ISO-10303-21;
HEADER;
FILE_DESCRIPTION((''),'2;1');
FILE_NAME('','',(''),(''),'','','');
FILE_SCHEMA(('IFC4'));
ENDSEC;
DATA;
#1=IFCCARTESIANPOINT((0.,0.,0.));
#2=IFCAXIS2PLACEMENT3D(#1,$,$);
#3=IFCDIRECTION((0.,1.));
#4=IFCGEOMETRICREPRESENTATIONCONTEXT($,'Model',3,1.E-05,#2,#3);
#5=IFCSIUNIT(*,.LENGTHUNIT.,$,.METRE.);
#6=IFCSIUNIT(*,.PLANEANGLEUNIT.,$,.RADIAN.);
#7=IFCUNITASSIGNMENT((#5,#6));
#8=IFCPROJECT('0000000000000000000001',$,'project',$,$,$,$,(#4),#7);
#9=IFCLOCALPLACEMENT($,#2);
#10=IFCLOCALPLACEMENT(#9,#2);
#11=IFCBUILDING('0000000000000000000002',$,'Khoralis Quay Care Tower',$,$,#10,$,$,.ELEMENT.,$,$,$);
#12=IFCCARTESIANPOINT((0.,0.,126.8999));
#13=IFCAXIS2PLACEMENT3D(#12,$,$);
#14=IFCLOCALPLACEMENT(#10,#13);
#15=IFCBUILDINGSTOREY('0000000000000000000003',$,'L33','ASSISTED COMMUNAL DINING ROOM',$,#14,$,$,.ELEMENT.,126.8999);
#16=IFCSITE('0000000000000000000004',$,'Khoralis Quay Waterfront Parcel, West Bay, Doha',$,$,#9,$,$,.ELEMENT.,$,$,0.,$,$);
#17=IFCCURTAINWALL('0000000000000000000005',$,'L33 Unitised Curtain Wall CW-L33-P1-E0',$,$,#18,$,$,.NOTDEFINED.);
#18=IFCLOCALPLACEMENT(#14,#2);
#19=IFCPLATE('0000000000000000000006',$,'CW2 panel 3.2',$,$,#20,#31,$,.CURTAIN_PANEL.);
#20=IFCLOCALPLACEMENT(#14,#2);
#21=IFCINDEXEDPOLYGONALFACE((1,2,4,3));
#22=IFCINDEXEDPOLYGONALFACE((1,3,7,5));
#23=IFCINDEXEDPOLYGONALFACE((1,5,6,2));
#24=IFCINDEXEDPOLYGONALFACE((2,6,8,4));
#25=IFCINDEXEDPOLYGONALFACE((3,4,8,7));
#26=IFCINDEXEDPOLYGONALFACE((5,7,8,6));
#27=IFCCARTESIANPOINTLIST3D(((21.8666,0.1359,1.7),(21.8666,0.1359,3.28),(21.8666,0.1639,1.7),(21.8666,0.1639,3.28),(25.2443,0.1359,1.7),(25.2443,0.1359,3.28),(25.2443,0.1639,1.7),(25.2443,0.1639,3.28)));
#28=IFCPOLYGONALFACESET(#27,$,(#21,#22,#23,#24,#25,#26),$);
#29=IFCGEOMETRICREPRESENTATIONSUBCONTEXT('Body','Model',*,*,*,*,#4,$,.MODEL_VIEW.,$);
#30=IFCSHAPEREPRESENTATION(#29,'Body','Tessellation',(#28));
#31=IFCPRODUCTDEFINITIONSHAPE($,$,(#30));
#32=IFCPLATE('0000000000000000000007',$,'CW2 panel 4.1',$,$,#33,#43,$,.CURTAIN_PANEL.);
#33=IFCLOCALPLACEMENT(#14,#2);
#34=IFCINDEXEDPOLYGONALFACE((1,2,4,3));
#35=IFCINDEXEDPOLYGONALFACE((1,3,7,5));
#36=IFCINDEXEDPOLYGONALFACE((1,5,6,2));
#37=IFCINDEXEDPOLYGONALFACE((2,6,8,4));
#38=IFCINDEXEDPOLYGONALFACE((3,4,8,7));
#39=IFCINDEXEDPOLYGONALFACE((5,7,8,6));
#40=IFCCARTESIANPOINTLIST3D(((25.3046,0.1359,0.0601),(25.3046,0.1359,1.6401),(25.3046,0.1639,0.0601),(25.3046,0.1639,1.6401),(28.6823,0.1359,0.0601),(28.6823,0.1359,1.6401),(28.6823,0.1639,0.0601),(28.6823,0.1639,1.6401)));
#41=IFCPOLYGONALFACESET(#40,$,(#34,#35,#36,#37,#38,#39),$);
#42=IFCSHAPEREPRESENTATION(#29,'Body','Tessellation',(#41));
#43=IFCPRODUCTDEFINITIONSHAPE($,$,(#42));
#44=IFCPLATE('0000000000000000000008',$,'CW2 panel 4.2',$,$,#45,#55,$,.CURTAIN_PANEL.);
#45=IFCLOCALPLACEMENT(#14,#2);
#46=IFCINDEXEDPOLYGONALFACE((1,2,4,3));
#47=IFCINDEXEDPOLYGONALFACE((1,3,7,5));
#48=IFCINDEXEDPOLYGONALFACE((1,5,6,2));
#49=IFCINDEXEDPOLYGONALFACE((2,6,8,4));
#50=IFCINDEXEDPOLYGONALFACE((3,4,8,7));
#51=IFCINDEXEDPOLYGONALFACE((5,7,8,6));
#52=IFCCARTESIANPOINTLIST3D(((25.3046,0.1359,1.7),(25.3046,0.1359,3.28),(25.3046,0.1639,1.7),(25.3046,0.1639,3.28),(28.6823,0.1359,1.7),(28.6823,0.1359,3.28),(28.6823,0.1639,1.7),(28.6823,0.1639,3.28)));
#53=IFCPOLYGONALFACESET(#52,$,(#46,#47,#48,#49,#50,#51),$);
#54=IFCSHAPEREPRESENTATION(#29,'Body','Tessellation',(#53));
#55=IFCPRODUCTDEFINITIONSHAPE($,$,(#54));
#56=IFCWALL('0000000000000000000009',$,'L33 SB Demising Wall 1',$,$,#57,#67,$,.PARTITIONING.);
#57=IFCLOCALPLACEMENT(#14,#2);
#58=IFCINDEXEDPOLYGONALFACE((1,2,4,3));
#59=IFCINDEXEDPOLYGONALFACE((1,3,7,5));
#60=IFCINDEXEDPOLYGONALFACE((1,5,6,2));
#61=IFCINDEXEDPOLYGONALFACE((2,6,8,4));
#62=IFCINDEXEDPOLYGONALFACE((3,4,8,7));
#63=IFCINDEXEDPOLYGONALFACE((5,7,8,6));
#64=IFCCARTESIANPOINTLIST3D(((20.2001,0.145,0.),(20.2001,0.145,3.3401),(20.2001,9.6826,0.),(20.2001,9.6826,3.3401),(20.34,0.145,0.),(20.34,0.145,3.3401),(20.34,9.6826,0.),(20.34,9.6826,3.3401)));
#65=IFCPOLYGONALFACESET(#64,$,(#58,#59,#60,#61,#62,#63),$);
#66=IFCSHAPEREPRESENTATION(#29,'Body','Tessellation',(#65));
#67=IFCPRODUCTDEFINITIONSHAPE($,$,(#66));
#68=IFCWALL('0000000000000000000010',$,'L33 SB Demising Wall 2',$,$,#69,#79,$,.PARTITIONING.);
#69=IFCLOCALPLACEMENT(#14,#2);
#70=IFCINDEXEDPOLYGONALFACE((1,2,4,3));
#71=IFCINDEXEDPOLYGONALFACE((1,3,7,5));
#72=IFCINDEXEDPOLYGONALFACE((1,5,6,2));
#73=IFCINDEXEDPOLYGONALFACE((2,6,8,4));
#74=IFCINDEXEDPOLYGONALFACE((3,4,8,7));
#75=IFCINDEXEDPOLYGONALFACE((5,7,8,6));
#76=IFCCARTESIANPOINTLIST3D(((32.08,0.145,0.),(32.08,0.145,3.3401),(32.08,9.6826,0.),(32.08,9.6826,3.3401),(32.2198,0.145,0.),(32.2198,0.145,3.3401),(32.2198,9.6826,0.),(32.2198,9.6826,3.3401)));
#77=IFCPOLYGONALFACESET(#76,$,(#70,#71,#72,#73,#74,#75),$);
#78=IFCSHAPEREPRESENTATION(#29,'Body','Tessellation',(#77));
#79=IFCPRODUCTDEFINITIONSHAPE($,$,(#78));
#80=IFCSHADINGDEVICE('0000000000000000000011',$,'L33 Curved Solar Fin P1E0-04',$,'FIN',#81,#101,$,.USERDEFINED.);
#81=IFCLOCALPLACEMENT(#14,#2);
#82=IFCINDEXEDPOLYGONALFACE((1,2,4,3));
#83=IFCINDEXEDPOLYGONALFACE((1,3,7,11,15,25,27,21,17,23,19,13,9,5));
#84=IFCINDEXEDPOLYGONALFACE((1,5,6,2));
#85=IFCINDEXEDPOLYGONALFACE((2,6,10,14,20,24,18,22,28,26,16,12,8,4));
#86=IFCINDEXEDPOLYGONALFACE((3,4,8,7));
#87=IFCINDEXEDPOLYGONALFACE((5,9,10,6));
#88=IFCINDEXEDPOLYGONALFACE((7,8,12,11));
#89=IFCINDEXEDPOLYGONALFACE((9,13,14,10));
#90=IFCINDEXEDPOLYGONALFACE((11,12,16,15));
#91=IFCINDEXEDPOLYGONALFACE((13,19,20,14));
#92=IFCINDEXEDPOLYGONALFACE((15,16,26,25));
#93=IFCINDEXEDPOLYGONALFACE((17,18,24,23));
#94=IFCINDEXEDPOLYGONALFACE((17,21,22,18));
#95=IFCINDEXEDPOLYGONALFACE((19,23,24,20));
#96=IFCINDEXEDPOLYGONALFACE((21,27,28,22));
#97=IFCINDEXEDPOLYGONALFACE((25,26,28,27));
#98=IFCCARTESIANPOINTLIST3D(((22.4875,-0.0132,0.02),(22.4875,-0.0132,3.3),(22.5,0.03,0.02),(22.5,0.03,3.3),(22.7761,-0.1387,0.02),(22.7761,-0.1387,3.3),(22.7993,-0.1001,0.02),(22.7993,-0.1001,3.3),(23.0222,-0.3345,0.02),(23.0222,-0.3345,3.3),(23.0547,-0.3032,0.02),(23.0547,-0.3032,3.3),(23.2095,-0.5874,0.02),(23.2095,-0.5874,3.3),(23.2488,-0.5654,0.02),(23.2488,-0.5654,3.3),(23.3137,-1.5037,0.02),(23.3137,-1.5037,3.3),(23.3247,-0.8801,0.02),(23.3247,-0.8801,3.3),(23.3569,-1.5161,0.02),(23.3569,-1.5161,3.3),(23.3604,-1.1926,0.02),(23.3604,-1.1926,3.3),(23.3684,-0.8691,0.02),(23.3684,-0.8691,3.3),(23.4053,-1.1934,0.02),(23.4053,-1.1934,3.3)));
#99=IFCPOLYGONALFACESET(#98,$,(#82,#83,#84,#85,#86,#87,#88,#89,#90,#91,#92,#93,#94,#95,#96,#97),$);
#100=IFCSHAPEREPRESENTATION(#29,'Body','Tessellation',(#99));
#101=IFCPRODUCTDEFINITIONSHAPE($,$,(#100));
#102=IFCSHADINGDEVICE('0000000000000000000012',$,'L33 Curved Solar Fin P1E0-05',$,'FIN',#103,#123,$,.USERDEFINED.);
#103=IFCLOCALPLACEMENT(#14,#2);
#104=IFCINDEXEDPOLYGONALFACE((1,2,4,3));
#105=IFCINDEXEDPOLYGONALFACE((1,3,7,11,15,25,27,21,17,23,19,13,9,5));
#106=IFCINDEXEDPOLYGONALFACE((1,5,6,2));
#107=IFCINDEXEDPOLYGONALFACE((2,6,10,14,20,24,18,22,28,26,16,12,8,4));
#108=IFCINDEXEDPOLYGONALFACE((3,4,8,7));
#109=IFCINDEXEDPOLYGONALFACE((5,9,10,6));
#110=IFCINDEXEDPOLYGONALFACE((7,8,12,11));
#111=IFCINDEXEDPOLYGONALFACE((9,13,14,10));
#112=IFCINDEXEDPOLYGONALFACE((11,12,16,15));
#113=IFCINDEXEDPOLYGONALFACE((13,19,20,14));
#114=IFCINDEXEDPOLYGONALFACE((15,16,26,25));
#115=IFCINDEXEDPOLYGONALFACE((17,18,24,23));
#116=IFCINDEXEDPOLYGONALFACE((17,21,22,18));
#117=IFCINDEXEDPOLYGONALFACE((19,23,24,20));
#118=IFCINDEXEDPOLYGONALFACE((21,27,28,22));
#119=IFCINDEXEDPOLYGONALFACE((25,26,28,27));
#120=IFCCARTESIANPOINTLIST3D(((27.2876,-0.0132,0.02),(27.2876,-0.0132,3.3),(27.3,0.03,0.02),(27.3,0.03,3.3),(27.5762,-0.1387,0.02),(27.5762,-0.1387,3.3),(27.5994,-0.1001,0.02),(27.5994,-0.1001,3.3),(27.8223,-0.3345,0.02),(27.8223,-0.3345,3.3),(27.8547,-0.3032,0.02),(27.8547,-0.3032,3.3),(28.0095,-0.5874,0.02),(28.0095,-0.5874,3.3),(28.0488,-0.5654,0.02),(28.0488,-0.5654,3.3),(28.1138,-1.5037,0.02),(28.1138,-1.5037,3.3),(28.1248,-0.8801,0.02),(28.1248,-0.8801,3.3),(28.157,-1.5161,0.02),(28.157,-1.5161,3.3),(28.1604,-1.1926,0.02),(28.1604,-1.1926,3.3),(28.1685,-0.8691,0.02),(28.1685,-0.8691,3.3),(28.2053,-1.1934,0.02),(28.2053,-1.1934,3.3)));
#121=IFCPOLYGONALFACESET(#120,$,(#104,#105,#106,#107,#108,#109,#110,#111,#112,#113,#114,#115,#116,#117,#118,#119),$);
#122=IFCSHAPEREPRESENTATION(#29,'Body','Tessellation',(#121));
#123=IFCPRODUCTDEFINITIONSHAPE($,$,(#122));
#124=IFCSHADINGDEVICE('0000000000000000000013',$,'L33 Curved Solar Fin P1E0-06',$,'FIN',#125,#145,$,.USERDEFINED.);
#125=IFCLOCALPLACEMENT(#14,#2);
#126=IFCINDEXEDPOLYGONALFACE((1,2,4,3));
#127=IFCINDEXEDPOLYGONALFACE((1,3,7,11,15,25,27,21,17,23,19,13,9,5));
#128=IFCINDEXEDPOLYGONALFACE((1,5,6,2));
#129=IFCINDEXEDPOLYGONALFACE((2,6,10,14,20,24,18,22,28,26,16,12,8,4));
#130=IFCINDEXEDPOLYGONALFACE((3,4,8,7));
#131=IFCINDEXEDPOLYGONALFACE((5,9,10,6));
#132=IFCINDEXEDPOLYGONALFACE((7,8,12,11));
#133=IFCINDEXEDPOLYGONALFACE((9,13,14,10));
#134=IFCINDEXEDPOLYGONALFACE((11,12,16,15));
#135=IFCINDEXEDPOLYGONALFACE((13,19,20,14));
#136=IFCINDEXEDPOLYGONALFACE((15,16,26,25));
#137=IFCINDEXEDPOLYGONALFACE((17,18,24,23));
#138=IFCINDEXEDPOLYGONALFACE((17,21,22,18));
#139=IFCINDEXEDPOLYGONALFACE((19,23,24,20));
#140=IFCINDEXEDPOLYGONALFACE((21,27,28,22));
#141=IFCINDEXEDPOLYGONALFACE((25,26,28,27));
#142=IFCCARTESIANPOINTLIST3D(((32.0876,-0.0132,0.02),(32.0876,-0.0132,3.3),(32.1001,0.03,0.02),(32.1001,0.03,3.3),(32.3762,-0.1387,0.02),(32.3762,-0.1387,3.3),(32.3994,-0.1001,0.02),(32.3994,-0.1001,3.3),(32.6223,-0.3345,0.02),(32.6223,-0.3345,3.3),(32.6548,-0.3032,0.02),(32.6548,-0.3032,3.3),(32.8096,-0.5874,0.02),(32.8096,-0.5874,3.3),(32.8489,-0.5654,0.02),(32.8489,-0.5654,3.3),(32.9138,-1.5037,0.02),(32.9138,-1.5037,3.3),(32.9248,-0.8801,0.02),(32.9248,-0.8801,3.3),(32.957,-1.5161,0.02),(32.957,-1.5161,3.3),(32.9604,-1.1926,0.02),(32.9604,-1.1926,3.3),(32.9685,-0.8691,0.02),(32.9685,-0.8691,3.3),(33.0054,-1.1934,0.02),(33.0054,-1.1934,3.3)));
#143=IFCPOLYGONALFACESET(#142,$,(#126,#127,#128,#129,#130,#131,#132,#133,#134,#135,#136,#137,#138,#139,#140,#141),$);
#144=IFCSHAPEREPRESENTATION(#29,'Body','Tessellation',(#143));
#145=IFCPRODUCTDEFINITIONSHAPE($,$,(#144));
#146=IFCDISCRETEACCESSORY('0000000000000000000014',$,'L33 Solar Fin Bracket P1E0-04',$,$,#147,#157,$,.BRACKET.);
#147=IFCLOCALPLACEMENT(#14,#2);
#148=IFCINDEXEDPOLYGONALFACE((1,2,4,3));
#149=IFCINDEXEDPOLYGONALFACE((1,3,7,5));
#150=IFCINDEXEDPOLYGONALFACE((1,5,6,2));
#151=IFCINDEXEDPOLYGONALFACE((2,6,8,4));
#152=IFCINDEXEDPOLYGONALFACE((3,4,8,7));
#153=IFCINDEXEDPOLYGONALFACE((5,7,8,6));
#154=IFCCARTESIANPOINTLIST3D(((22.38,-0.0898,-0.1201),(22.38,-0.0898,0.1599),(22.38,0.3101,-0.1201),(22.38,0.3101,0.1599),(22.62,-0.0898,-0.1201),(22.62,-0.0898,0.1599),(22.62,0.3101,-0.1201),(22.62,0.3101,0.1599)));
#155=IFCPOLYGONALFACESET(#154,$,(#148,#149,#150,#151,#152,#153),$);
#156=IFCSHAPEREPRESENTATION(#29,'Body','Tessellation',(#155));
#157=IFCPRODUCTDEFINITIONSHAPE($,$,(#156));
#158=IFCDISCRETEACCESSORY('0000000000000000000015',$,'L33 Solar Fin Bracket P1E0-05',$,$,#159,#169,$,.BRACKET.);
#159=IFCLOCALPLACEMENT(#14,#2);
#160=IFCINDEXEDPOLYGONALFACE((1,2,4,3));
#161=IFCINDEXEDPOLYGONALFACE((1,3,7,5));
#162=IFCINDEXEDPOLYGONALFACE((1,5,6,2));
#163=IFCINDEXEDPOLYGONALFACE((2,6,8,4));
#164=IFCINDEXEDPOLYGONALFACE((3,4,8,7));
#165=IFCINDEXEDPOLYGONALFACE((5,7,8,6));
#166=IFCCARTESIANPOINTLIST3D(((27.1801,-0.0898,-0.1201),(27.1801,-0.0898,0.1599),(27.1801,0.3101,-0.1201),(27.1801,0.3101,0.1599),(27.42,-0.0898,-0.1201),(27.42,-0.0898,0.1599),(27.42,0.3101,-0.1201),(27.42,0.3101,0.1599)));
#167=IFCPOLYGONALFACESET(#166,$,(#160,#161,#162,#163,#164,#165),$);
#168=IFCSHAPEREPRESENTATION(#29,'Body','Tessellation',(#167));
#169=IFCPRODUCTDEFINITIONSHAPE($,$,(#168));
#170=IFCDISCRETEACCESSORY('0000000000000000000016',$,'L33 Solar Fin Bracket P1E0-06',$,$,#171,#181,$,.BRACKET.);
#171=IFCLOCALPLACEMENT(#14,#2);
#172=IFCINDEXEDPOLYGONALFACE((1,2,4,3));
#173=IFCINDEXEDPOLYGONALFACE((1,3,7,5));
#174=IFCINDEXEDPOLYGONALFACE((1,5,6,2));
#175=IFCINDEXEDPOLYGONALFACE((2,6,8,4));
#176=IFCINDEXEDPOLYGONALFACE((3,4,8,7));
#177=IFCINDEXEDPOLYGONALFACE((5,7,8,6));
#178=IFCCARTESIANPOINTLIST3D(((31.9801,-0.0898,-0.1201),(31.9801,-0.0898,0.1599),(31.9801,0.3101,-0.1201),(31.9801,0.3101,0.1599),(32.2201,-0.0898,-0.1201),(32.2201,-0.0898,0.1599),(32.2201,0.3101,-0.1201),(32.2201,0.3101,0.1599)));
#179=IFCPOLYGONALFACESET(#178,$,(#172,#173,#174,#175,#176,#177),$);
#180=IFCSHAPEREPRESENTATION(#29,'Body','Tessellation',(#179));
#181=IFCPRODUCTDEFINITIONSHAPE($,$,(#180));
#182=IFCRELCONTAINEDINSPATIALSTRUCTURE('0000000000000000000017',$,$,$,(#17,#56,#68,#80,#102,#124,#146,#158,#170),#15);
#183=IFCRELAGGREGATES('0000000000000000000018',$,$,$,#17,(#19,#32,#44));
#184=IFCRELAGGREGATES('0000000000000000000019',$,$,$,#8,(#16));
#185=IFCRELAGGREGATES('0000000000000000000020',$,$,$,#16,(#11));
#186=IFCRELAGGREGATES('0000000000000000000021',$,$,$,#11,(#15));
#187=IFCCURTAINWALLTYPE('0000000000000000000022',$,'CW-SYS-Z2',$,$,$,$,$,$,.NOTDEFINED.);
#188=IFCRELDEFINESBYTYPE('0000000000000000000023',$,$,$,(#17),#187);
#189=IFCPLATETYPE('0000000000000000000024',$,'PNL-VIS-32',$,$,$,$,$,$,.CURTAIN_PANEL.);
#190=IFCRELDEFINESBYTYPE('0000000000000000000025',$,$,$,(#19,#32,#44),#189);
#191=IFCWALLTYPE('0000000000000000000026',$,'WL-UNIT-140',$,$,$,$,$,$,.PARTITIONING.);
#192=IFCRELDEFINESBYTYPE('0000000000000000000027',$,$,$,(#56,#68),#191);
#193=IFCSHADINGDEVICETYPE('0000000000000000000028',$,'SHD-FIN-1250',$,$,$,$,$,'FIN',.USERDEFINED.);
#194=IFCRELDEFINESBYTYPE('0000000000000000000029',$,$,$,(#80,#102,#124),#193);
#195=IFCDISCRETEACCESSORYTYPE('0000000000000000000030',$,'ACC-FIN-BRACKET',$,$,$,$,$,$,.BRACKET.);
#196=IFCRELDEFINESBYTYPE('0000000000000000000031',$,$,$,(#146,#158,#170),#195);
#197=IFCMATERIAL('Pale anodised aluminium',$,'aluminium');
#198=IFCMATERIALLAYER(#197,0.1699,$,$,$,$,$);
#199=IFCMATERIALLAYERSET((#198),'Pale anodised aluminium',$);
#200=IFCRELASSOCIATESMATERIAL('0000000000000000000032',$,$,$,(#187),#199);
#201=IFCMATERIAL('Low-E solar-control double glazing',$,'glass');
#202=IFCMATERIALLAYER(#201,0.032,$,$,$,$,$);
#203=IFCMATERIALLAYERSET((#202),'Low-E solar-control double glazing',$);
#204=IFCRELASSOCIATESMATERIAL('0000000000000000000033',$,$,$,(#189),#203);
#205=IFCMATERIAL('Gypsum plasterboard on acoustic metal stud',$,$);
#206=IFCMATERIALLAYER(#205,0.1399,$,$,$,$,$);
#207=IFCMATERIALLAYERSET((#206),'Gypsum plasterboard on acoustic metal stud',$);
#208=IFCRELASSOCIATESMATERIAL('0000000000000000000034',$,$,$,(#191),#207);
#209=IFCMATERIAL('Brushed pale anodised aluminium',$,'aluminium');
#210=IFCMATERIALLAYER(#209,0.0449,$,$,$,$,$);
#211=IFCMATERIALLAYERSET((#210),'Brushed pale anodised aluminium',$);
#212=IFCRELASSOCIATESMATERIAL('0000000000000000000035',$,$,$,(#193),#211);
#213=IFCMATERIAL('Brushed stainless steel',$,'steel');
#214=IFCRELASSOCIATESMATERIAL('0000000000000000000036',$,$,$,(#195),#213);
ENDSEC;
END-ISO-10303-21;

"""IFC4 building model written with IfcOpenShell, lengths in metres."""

from ifc_helpers import new_model, si_unit, direction, frame, frame_2d, origin, origin_2d, place, context, subcontext, project, spatial, polyline, rectangle, outline, extrude, source, transform, mapped, material, layer, layer_set, type_object, element, aggregate, save


model = new_model("IFC4")

# Units and contexts
model_context = context("Model", 3, precision=1e-05, world=origin(), true_north=direction((0.0, 1.0)))
body_context = subcontext(model_context, "Body", "Model", "MODEL_VIEW")
ifc_project = project(units=[si_unit("LENGTHUNIT", "METRE"), si_unit("PLANEANGLEUNIT", "RADIAN")], contexts=[model_context])

# Site, building, storey
site_placement = place(None, origin())
site = spatial("IfcSite", under=ifc_project, at=site_placement, Name="Khoralis Quay Waterfront Parcel, West Bay, Doha", CompositionType="ELEMENT", RefElevation=0.0)
building_placement = place(site_placement, origin())
building = spatial("IfcBuilding", under=site, at=building_placement, Name="Khoralis Quay Care Tower", CompositionType="ELEMENT")
storey_placement = place(building_placement, frame((0.0, 0.0, 126.8999)))
storey = spatial("IfcBuildingStorey", under=building, at=storey_placement, Name="L33", Description="ASSISTED COMMUNAL DINING ROOM", CompositionType="ELEMENT", Elevation=126.8999)

# Curtain wall, plates
ifc_material_1 = material(Name="Pale anodised aluminium", Category="aluminium")
ifc_layer_1 = layer(ifc_material_1, 0.1699)
ifc_layer_set_1 = layer_set([ifc_layer_1], Name="Pale anodised aluminium")
curtain_wall_type = type_object("IfcCurtainWallType", Name="CW-SYS-Z2", PredefinedType="NOTDEFINED", material=ifc_layer_set_1)
curtain_wall_placement = place(storey_placement, origin())
curtain_wall = element("IfcCurtainWall", 1, at=curtain_wall_placement, inside=storey, type_object=curtain_wall_type, Name="L33 Unitised Curtain Wall CW-L33-P1-E0", PredefinedType="NOTDEFINED")
ifc_material_2 = material(Name="Low-E solar-control double glazing", Category="glass")
ifc_layer_2 = layer(ifc_material_2, 0.032)
ifc_layer_set_2 = layer_set([ifc_layer_2], Name="Low-E solar-control double glazing")
plate_type = type_object("IfcPlateType", Name="PNL-VIS-32", PredefinedType="CURTAIN_PANEL", material=ifc_layer_set_2)
shared_shape_1 = source(origin(), body_context, "Body", "SweptSolid", [
    extrude(rectangle(XDim=3.3777, YDim=0.0281, at=origin_2d()), origin(), (0.0, 0.0, 1.0), 1.5801),
])
plate_1_placement = place(storey_placement, frame((23.5554, 0.1499, 1.7), z_axis=(0.0, 0.0, 1.0), x_axis=(1.0, 0.0, 0.0)))
plate_1 = element("IfcPlate", 2, at=plate_1_placement, type_object=plate_type, Name="CW2 panel 3.2", PredefinedType="CURTAIN_PANEL", context=body_context, shape_type="MappedRepresentation", body=[
    mapped(shared_shape_1, transform((0.0, 0.0, 0.0), scale=1.0)),
])
plate_2_placement = place(storey_placement, frame((26.9934, 0.1499, 0.0601), z_axis=(0.0, 0.0, 1.0), x_axis=(1.0, 0.0, 0.0)))
plate_2 = element("IfcPlate", 3, at=plate_2_placement, type_object=plate_type, Name="CW2 panel 4.1", PredefinedType="CURTAIN_PANEL", context=body_context, shape_type="MappedRepresentation", body=[
    mapped(shared_shape_1, transform((0.0, 0.0, 0.0), scale=1.0)),
])
plate_3_placement = place(storey_placement, frame((26.9934, 0.1499, 1.7), z_axis=(0.0, 0.0, 1.0), x_axis=(1.0, 0.0, 0.0)))
plate_3 = element("IfcPlate", 4, at=plate_3_placement, type_object=plate_type, Name="CW2 panel 4.2", PredefinedType="CURTAIN_PANEL", context=body_context, shape_type="MappedRepresentation", body=[
    mapped(shared_shape_1, transform((0.0, 0.0, 0.0), scale=1.0)),
])
aggregate(curtain_wall, [plate_1, plate_2, plate_3])

# Walls
ifc_material_3 = material(Name="Gypsum plasterboard on acoustic metal stud")
ifc_layer_3 = layer(ifc_material_3, 0.1399)
ifc_layer_set_3 = layer_set([ifc_layer_3], Name="Gypsum plasterboard on acoustic metal stud")
wall_type = type_object("IfcWallType", Name="WL-UNIT-140", PredefinedType="PARTITIONING", material=ifc_layer_set_3)
for number, where, z_axis, x_axis, name in (
    (5, (20.27, 0.145, 0.0), (0.0, 0.0, 1.0), (0.0, 1.0, 0.0), "L33 SB Demising Wall 1"),
    (6, (32.1499, 0.145, 0.0), (0.0, 0.0, 1.0), (0.0, 1.0, 0.0), "L33 SB Demising Wall 2"),
):
    element("IfcWall", number, at=place(storey_placement, frame(where, z_axis=z_axis, x_axis=x_axis)), inside=storey, type_object=wall_type, Name=name, PredefinedType="PARTITIONING", context=body_context, shape_type="SweptSolid", body=[
        extrude(rectangle(XDim=9.5376, YDim=0.1399, at=frame_2d((4.7688, 0.0))), origin(), (0.0, 0.0, 1.0), 3.3401),
    ])

# Shading devices
ifc_material_4 = material(Name="Brushed pale anodised aluminium", Category="aluminium")
ifc_layer_4 = layer(ifc_material_4, 0.0449)
ifc_layer_set_4 = layer_set([ifc_layer_4], Name="Brushed pale anodised aluminium")
shading_device_type = type_object("IfcShadingDeviceType", Name="SHD-FIN-1250", ElementType="FIN", PredefinedType="USERDEFINED", material=ifc_layer_set_4)
shared_shape_2 = source(origin(), body_context, "Body", "SweptSolid", [
    extrude(outline(polyline([(0.0, 0.0), (0.1301, 0.2993), (0.3333, 0.5547), (0.5955, 0.7488), (0.8992, 0.8684), (1.2234, 0.9053), (1.5461, 0.8569), (1.5337, 0.8137), (1.2227, 0.8604), (0.9102, 0.8247), (0.6174, 0.7095), (0.3645, 0.5222), (0.1687, 0.2761), (0.0432, -0.0125), (0.0, 0.0)])), origin(), (0.0, 0.0, 1.0), 3.28),
])
for number, where, z_axis, x_axis, name in (
    (7, (22.5, 0.03, 0.02), (0.0, 0.0, 1.0), (0.0, -1.0, 0.0), "L33 Curved Solar Fin P1E0-04"),
    (8, (27.3, 0.03, 0.02), (0.0, 0.0, 1.0), (0.0, -1.0, 0.0), "L33 Curved Solar Fin P1E0-05"),
    (9, (32.1001, 0.03, 0.02), (0.0, 0.0, 1.0), (0.0, -1.0, 0.0), "L33 Curved Solar Fin P1E0-06"),
):
    element("IfcShadingDevice", number, at=place(storey_placement, frame(where, z_axis=z_axis, x_axis=x_axis)), inside=storey, type_object=shading_device_type, Name=name, ObjectType="FIN", PredefinedType="USERDEFINED", context=body_context, shape_type="MappedRepresentation", body=[
        mapped(shared_shape_2, transform((0.0, 0.0, 0.0), scale=1.0)),
    ])

# Discrete accessories
ifc_material_5 = material(Name="Brushed stainless steel", Category="steel")
discrete_accessory_type = type_object("IfcDiscreteAccessoryType", Name="ACC-FIN-BRACKET", PredefinedType="BRACKET", material=ifc_material_5)
shared_shape_3 = source(origin(), body_context, "Body", "SweptSolid", [
    extrude(rectangle(XDim=0.3999, YDim=0.24, at=origin_2d()), origin(), (0.0, 0.0, 1.0), 0.28),
])
for number, where, z_axis, x_axis, name in (
    (10, (22.5, 0.1101, -0.1201), (0.0, 0.0, 1.0), (0.0, -1.0, 0.0), "L33 Solar Fin Bracket P1E0-04"),
    (11, (27.3, 0.1101, -0.1201), (0.0, 0.0, 1.0), (0.0, -1.0, 0.0), "L33 Solar Fin Bracket P1E0-05"),
    (12, (32.1001, 0.1101, -0.1201), (0.0, 0.0, 1.0), (0.0, -1.0, 0.0), "L33 Solar Fin Bracket P1E0-06"),
):
    element("IfcDiscreteAccessory", number, at=place(storey_placement, frame(where, z_axis=z_axis, x_axis=x_axis)), inside=storey, type_object=discrete_accessory_type, Name=name, PredefinedType="BRACKET", context=body_context, shape_type="MappedRepresentation", body=[
        mapped(shared_shape_3, transform((0.0, 0.0, 0.0), scale=1.0)),
    ])

save(model, "model.ifc")
